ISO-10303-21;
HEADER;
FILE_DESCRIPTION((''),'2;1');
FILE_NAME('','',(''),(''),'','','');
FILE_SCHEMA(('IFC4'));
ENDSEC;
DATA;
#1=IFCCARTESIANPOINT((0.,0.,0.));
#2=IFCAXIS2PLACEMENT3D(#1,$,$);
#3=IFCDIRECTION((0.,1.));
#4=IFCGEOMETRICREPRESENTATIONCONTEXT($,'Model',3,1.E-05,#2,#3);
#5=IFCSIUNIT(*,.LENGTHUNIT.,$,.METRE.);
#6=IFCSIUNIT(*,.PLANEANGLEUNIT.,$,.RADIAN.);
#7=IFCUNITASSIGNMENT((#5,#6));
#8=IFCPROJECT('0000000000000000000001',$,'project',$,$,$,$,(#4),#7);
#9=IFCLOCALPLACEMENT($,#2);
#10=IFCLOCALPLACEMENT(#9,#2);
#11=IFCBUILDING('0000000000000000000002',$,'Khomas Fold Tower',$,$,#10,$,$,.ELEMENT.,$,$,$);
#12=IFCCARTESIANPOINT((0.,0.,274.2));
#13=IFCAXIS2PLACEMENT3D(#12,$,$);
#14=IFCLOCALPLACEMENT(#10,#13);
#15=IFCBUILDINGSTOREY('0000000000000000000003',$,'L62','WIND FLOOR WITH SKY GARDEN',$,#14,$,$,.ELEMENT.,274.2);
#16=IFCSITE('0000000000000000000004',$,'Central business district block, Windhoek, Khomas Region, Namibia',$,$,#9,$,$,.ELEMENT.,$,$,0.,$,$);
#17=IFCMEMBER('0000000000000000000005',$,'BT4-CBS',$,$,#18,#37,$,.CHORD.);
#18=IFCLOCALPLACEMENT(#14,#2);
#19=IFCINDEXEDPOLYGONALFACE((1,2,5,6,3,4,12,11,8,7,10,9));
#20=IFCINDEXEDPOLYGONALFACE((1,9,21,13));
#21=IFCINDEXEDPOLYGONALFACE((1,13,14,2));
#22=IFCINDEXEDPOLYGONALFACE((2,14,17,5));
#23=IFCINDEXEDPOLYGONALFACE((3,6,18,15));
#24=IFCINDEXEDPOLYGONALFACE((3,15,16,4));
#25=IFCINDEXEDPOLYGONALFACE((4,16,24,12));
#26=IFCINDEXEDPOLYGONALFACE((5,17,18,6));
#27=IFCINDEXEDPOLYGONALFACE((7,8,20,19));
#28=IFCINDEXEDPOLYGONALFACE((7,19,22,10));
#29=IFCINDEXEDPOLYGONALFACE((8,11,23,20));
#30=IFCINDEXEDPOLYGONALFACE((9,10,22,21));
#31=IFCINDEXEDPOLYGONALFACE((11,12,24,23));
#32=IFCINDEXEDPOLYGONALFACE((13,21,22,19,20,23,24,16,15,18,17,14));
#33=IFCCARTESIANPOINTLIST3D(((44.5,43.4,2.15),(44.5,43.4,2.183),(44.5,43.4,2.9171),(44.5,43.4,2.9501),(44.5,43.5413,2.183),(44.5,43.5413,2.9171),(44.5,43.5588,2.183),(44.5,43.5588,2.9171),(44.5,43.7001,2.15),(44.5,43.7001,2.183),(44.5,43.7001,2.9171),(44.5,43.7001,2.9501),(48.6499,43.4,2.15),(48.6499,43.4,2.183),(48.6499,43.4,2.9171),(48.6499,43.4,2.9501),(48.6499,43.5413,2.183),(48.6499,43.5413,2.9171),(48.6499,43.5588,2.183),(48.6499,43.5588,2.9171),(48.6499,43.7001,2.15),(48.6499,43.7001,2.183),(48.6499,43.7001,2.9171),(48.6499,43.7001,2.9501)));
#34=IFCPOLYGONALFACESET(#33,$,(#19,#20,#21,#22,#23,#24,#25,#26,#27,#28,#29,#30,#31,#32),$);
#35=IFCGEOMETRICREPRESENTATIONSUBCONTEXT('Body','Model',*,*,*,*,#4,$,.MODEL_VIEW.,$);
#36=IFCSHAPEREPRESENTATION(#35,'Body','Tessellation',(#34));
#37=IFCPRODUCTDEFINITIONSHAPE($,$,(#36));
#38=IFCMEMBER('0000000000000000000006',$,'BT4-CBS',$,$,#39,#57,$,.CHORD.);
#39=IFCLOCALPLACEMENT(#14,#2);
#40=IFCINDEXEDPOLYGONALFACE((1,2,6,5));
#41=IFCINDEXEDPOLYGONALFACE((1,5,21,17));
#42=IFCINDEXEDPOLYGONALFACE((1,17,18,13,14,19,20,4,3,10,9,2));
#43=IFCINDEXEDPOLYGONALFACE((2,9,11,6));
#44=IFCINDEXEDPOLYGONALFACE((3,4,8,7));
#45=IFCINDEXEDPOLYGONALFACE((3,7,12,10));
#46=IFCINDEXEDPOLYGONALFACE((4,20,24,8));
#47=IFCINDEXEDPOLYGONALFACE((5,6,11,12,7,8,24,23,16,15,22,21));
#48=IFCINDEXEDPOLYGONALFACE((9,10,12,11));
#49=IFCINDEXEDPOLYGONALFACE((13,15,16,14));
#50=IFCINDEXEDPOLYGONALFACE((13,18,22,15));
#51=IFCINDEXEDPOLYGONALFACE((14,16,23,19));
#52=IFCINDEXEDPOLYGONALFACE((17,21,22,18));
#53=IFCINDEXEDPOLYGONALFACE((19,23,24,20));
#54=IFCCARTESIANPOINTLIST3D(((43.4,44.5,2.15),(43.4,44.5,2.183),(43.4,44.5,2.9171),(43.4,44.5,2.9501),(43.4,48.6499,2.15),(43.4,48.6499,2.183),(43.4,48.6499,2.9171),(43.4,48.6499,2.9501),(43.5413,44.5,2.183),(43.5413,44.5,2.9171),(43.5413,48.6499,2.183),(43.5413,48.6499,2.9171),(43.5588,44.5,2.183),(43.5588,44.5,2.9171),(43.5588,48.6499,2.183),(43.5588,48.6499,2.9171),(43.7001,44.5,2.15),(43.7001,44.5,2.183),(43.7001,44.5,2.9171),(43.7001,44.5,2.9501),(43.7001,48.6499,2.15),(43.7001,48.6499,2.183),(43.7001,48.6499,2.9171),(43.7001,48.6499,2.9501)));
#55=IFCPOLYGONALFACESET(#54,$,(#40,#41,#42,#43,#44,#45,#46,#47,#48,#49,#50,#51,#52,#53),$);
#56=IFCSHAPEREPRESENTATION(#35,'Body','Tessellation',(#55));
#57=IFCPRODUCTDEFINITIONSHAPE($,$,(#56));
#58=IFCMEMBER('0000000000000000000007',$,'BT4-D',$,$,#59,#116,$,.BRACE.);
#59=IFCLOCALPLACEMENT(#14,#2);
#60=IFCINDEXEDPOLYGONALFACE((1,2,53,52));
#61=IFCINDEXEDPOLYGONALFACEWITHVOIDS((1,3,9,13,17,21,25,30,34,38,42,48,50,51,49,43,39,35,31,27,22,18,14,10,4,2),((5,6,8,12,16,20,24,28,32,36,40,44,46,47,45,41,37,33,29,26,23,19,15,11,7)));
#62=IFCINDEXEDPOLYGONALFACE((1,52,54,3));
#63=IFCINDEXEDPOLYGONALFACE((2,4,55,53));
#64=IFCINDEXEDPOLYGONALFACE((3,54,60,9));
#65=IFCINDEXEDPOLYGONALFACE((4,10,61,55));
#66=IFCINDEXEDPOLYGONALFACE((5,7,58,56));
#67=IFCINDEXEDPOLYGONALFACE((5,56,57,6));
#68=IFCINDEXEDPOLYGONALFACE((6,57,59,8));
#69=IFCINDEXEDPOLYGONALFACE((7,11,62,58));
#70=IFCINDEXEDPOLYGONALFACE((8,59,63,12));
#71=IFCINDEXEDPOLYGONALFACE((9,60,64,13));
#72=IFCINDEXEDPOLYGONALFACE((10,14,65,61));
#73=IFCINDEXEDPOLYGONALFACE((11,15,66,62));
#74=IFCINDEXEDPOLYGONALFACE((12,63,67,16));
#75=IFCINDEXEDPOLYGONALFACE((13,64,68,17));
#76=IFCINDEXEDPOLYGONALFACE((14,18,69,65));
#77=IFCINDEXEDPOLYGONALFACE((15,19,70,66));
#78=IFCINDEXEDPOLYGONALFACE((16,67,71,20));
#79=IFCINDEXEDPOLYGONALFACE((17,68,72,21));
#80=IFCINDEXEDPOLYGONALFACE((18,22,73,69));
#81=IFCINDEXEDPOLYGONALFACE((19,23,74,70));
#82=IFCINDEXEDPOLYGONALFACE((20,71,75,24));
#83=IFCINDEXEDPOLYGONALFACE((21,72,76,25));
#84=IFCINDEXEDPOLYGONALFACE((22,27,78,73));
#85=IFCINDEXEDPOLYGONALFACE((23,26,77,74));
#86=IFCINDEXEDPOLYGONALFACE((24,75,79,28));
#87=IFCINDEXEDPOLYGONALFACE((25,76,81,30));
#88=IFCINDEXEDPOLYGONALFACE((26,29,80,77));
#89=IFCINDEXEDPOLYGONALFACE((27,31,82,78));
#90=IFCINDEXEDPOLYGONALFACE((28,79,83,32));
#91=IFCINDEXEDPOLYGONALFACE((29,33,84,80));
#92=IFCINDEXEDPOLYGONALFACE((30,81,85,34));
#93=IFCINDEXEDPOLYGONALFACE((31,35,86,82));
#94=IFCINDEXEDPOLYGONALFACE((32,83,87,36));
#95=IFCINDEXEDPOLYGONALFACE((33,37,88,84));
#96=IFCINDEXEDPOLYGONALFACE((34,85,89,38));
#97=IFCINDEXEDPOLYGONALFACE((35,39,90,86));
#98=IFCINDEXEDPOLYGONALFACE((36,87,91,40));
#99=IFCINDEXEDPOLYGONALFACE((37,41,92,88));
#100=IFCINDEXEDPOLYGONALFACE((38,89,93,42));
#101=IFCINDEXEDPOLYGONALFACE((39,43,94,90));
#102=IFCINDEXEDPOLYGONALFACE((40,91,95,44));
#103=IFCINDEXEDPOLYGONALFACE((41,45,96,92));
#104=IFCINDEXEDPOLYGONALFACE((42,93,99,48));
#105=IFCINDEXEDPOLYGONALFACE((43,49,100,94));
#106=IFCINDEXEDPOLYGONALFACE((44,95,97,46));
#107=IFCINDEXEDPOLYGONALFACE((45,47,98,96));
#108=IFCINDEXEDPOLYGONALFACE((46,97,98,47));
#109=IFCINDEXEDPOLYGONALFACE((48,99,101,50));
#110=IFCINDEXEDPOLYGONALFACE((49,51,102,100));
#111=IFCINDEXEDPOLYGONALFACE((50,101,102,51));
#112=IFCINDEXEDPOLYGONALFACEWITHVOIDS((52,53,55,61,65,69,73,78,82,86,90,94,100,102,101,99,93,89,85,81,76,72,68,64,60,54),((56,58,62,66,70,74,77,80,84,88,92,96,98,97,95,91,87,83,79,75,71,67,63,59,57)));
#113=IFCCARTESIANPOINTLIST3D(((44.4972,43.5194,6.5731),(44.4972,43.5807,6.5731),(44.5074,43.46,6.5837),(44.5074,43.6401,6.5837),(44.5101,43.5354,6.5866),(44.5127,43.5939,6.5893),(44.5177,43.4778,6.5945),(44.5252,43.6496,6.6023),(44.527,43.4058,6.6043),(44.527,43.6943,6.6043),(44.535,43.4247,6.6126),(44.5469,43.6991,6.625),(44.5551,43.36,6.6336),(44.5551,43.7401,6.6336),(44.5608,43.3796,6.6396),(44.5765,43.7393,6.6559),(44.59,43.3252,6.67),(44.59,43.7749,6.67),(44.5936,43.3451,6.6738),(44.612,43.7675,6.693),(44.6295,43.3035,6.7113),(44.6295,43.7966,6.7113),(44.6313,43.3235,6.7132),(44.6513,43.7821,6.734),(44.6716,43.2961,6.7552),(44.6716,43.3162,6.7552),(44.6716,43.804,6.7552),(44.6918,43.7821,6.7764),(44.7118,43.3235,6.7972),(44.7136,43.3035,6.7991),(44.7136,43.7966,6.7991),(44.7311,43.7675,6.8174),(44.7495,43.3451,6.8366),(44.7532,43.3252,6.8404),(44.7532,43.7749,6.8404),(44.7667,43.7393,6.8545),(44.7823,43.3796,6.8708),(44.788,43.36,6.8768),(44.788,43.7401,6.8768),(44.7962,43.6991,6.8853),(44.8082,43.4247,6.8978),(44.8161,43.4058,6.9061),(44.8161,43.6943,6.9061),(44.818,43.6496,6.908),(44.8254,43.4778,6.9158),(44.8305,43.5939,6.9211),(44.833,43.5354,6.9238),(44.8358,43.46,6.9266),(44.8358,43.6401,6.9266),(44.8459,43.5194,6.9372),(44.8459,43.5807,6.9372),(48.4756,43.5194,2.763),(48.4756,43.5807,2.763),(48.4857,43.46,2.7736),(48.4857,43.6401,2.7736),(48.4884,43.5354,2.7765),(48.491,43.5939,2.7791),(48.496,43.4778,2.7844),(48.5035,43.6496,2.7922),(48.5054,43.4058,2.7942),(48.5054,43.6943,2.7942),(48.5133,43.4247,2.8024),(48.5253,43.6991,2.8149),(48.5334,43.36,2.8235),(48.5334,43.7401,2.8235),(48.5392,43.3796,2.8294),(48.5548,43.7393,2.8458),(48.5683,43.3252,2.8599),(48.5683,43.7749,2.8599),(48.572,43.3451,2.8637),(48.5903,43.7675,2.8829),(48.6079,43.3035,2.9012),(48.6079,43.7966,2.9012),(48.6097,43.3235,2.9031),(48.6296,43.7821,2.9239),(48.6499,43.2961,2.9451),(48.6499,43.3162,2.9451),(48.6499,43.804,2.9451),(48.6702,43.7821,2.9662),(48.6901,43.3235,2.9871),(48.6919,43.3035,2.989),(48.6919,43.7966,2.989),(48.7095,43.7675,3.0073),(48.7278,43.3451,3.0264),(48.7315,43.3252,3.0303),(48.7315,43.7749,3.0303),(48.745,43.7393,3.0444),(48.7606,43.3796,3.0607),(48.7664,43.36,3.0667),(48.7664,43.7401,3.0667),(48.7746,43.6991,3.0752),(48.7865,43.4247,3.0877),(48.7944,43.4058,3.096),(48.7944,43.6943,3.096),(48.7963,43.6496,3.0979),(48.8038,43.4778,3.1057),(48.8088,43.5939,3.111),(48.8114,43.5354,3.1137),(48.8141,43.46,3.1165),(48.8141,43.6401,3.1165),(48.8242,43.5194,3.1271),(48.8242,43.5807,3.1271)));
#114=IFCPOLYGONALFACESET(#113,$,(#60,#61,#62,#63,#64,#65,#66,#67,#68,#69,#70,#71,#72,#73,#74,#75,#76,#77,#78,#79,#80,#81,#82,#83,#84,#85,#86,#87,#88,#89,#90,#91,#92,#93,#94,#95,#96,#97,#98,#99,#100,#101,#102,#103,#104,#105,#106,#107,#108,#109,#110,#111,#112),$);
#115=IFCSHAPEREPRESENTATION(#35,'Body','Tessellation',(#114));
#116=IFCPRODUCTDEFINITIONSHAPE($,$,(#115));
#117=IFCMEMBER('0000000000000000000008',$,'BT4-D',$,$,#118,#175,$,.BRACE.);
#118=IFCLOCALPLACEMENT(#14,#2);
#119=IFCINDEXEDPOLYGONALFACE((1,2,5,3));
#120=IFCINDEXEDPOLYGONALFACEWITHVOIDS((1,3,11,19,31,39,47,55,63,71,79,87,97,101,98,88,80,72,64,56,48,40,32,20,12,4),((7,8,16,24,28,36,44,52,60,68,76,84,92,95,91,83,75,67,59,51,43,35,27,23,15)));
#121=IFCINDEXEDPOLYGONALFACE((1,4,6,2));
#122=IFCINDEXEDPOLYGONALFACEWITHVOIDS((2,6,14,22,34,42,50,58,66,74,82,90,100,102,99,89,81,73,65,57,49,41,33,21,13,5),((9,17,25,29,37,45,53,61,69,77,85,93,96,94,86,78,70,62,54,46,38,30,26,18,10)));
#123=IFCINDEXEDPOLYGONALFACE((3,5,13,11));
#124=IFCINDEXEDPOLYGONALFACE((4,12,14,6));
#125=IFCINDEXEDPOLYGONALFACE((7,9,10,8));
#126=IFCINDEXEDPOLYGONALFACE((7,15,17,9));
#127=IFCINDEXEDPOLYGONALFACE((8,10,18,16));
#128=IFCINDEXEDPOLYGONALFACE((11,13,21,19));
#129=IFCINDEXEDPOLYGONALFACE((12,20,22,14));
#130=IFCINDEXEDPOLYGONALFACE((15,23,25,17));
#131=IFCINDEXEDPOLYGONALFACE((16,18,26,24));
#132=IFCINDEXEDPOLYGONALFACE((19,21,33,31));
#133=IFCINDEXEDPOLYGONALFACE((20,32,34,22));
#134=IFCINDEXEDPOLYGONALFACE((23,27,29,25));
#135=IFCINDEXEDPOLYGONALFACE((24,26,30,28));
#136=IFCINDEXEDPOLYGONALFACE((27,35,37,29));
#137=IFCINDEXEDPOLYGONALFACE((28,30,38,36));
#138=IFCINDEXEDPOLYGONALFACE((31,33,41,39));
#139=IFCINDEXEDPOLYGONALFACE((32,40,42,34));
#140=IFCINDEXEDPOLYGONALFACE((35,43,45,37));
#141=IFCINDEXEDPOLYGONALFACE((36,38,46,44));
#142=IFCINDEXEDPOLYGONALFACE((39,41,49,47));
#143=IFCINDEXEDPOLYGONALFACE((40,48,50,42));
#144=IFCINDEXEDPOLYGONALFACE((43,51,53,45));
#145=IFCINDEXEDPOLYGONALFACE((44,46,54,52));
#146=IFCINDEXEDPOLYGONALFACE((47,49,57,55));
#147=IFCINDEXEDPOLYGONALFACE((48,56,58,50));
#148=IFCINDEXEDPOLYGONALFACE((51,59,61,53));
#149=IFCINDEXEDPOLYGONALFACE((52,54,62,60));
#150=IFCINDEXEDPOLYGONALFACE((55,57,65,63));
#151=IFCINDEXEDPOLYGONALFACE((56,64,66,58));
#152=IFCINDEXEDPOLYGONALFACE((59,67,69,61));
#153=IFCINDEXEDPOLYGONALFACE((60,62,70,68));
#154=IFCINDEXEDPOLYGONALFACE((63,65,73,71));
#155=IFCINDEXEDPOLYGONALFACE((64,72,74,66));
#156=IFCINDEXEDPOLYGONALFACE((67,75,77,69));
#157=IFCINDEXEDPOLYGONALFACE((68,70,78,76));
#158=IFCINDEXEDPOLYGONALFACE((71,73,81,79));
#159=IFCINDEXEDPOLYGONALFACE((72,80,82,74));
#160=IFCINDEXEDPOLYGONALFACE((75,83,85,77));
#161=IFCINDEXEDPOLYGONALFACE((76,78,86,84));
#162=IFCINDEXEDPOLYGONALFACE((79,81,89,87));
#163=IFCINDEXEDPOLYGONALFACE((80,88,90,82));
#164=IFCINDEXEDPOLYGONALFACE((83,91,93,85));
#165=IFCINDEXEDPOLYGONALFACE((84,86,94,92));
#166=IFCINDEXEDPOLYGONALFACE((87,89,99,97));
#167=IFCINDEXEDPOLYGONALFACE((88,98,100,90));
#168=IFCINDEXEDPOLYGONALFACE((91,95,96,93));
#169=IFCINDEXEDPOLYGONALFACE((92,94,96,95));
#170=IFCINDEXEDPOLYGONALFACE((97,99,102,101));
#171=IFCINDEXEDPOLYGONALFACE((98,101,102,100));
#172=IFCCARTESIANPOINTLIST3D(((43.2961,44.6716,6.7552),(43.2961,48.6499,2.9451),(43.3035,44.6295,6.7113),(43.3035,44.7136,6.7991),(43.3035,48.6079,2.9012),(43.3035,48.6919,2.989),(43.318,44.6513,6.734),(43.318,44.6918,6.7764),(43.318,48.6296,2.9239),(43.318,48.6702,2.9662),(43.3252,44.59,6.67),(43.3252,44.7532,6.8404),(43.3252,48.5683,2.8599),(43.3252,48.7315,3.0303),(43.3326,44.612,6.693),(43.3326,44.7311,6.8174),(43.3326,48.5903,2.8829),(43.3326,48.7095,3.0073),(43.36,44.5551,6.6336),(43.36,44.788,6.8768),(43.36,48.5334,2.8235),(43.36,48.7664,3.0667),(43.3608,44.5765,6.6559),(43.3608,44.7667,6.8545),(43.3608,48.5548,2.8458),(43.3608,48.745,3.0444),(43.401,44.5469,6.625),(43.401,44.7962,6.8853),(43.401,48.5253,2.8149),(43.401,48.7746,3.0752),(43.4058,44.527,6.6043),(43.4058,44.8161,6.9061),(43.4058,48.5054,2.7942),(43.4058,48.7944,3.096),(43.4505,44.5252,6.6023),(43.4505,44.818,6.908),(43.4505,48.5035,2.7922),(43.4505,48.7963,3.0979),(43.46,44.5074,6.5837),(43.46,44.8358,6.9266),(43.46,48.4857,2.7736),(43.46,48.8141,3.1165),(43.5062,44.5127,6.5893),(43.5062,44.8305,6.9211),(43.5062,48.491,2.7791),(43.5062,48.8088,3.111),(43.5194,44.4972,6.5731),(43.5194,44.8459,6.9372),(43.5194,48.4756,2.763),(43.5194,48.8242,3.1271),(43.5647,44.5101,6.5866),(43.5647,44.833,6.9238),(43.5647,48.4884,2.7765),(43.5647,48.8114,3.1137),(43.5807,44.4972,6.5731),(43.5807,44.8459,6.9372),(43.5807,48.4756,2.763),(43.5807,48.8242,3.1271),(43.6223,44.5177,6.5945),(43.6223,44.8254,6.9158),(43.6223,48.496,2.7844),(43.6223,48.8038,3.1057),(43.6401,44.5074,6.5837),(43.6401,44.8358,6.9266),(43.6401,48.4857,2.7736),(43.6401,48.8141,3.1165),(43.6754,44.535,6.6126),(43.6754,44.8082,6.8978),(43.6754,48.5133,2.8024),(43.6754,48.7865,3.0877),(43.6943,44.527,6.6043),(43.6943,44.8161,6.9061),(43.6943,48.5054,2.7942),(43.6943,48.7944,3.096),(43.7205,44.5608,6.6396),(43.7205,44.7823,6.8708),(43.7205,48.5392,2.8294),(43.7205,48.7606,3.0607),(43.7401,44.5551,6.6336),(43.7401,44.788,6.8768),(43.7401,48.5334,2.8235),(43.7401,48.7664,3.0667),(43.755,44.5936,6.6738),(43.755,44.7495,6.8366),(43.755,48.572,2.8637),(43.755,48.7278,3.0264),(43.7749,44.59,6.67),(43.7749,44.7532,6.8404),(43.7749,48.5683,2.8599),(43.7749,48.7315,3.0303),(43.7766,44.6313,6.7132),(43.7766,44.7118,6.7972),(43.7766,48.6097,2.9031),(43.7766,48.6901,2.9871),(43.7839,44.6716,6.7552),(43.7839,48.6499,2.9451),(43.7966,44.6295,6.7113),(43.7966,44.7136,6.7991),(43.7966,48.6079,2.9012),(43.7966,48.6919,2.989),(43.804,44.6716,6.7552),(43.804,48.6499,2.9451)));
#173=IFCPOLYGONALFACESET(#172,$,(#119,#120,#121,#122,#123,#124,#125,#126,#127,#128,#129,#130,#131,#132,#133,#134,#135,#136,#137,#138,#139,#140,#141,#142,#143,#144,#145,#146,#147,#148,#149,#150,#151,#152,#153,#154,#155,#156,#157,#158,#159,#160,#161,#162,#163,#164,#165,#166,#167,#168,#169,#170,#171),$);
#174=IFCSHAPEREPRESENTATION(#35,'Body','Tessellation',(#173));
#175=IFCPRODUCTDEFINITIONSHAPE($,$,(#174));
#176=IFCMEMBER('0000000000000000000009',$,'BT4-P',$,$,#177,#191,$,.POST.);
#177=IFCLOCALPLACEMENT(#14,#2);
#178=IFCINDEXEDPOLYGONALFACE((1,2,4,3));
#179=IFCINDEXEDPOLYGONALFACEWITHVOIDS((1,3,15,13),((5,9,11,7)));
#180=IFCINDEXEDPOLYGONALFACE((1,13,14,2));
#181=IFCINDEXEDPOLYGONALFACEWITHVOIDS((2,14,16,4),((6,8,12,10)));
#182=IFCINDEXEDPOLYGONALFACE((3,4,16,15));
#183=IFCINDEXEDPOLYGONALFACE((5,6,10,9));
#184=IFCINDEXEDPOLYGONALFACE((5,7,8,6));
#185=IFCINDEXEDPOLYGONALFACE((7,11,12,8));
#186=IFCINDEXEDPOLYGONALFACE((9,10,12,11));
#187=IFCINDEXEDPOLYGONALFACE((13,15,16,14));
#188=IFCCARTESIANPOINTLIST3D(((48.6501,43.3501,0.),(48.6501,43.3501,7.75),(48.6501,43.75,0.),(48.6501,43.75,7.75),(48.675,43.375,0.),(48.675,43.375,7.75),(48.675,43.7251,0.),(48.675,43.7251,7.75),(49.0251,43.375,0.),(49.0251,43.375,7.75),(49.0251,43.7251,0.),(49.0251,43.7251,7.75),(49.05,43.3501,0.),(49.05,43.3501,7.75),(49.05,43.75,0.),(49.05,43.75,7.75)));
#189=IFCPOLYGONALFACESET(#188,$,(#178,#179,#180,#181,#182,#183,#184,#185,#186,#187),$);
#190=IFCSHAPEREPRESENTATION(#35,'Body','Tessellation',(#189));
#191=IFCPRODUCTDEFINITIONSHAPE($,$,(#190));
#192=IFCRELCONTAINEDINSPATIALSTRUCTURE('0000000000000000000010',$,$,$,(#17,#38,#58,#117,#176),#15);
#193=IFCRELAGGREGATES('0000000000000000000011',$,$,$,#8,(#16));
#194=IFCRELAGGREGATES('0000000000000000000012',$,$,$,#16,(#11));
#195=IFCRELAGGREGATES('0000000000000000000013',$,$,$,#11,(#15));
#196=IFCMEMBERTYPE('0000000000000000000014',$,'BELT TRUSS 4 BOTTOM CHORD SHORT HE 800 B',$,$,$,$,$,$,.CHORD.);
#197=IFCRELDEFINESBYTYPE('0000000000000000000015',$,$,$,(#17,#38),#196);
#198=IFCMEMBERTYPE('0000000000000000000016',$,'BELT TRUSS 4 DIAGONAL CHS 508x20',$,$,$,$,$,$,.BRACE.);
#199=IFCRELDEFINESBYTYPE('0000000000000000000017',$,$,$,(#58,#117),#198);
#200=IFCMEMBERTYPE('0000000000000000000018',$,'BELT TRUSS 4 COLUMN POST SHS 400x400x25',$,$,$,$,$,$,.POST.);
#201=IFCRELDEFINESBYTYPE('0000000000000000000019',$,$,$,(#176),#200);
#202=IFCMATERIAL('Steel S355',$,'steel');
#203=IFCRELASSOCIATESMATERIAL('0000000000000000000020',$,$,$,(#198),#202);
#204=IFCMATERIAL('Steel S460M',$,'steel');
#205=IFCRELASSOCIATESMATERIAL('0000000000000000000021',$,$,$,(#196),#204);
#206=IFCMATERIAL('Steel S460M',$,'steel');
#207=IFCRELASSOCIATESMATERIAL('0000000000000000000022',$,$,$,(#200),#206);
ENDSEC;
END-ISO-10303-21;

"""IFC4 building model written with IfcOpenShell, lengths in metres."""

from ifc_helpers import new_model, si_unit, direction, frame, origin, origin_2d, place, context, subcontext, project, spatial, hollow_rectangle, hollow_circle, i_section, extrude, source, transform, mapped, material, material_profile, profile_set, type_object, element, save


model = new_model("IFC4")

# Units and contexts
model_context = context("Model", 3, precision=1e-05, world=origin(), true_north=direction((0.0, 1.0)))
body_context = subcontext(model_context, "Body", "Model", "MODEL_VIEW")
ifc_project = project(units=[si_unit("LENGTHUNIT", "METRE"), si_unit("PLANEANGLEUNIT", "RADIAN")], contexts=[model_context])

# Site, building, storey
site_placement = place(None, origin())
site = spatial("IfcSite", under=ifc_project, at=site_placement, Name="Central business district block, Windhoek, Khomas Region, Namibia", CompositionType="ELEMENT", RefElevation=0.0)
building_placement = place(site_placement, origin())
building = spatial("IfcBuilding", under=site, at=building_placement, Name="Khomas Fold Tower", CompositionType="ELEMENT")
storey_placement = place(building_placement, frame((0.0, 0.0, 274.2)))
storey = spatial("IfcBuildingStorey", under=building, at=storey_placement, Name="L62", Description="WIND FLOOR WITH SKY GARDEN", CompositionType="ELEMENT", Elevation=274.2)

# Members
ifc_material_1 = material(Name="Steel S355", Category="steel")
ifc_material_profile_1 = material_profile(ifc_material_1, hollow_circle(Radius=0.2539, WallThickness=0.02, at=origin_2d()), Name="CHS 508x20")
ifc_profile_set_1 = profile_set([ifc_material_profile_1], Name="Steel S355")
member_type_1 = type_object("IfcMemberType", Name="BELT TRUSS 4 DIAGONAL CHS 508x20", PredefinedType="BRACE", material=ifc_profile_set_1)
ifc_material_2 = material(Name="Steel S460M", Category="steel")
ifc_material_profile_2 = material_profile(ifc_material_2, i_section(OverallWidth=0.3, OverallDepth=0.8, WebThickness=0.0176, FlangeThickness=0.033, at=origin_2d()), Name="HE 800 B")
ifc_profile_set_2 = profile_set([ifc_material_profile_2], Name="Steel S460M")
member_type_2 = type_object("IfcMemberType", Name="BELT TRUSS 4 BOTTOM CHORD SHORT HE 800 B", PredefinedType="CHORD", material=ifc_profile_set_2)
shared_shape_1 = source(origin(), body_context, "Body", "SweptSolid", [
    extrude(i_section(OverallWidth=0.3, OverallDepth=0.8, WebThickness=0.0176, FlangeThickness=0.033, at=origin_2d()), origin(), (0.0, 0.0, 1.0), 4.1499),
])
for number, where, z_axis, x_axis, name in (
    (1, (48.6499, 43.55, 2.55), (-1.0, 0.0, 0.0), (0.0, -1.0, 0.0), "BT4-CBS"),
    (2, (43.55, 48.6499, 2.55), (0.0, -1.0, 0.0), (1.0, 0.0, 0.0), "BT4-CBS"),
):
    element("IfcMember", number, at=place(storey_placement, frame(where, z_axis=z_axis, x_axis=x_axis)), inside=storey, type_object=member_type_2, Name=name, PredefinedType="CHORD", context=body_context, shape_type="MappedRepresentation", body=[
        mapped(shared_shape_1, transform((0.0, 0.0, 0.0))),
    ])
shared_shape_2 = source(origin(), body_context, "Body", "SweptSolid", [
    extrude(hollow_circle(Radius=0.2539, WallThickness=0.02, at=origin_2d()), origin(), (0.0, 0.0, 1.0), 5.5085),
])
for number, where, z_axis, x_axis, name in (
    (3, (48.6499, 43.55, 2.9451), (-0.72221, 0.0, 0.691673), (0.0, -1.0, 0.0), "BT4-D"),
    (4, (43.55, 48.6499, 2.9451), (0.0, -0.72221, 0.691673), (1.0, 0.0, 0.0), "BT4-D"),
):
    element("IfcMember", number, at=place(storey_placement, frame(where, z_axis=z_axis, x_axis=x_axis)), inside=storey, type_object=member_type_1, Name=name, PredefinedType="BRACE", context=body_context, shape_type="MappedRepresentation", body=[
        mapped(shared_shape_2, transform((0.0, 0.0, 0.0))),
    ])
ifc_material_3 = material(Name="Steel S460M", Category="steel")
ifc_material_profile_3 = material_profile(ifc_material_3, hollow_rectangle(XDim=0.3999, YDim=0.3999, WallThickness=0.0249, at=origin_2d()), Name="SHS 400x400x25")
ifc_profile_set_3 = profile_set([ifc_material_profile_3], Name="Steel S460M")
member_type_3 = type_object("IfcMemberType", Name="BELT TRUSS 4 COLUMN POST SHS 400x400x25", PredefinedType="POST", material=ifc_profile_set_3)
shared_shape_3 = source(origin(), body_context, "Body", "SweptSolid", [
    extrude(hollow_rectangle(XDim=0.3999, YDim=0.3999, WallThickness=0.0249, at=origin_2d()), origin(), (0.0, 0.0, 1.0), 7.75),
])
for number, where, z_axis, x_axis, name in (
    (5, (48.8501, 43.55, 0.0), (0.0, 0.0, 1.0), (1.0, 0.0, 0.0), "BT4-P"),
):
    element("IfcMember", number, at=place(storey_placement, frame(where, z_axis=z_axis, x_axis=x_axis)), inside=storey, type_object=member_type_3, Name=name, PredefinedType="POST", context=body_context, shape_type="MappedRepresentation", body=[
        mapped(shared_shape_3, transform((0.0, 0.0, 0.0))),
    ])

save(model, "model.ifc")
